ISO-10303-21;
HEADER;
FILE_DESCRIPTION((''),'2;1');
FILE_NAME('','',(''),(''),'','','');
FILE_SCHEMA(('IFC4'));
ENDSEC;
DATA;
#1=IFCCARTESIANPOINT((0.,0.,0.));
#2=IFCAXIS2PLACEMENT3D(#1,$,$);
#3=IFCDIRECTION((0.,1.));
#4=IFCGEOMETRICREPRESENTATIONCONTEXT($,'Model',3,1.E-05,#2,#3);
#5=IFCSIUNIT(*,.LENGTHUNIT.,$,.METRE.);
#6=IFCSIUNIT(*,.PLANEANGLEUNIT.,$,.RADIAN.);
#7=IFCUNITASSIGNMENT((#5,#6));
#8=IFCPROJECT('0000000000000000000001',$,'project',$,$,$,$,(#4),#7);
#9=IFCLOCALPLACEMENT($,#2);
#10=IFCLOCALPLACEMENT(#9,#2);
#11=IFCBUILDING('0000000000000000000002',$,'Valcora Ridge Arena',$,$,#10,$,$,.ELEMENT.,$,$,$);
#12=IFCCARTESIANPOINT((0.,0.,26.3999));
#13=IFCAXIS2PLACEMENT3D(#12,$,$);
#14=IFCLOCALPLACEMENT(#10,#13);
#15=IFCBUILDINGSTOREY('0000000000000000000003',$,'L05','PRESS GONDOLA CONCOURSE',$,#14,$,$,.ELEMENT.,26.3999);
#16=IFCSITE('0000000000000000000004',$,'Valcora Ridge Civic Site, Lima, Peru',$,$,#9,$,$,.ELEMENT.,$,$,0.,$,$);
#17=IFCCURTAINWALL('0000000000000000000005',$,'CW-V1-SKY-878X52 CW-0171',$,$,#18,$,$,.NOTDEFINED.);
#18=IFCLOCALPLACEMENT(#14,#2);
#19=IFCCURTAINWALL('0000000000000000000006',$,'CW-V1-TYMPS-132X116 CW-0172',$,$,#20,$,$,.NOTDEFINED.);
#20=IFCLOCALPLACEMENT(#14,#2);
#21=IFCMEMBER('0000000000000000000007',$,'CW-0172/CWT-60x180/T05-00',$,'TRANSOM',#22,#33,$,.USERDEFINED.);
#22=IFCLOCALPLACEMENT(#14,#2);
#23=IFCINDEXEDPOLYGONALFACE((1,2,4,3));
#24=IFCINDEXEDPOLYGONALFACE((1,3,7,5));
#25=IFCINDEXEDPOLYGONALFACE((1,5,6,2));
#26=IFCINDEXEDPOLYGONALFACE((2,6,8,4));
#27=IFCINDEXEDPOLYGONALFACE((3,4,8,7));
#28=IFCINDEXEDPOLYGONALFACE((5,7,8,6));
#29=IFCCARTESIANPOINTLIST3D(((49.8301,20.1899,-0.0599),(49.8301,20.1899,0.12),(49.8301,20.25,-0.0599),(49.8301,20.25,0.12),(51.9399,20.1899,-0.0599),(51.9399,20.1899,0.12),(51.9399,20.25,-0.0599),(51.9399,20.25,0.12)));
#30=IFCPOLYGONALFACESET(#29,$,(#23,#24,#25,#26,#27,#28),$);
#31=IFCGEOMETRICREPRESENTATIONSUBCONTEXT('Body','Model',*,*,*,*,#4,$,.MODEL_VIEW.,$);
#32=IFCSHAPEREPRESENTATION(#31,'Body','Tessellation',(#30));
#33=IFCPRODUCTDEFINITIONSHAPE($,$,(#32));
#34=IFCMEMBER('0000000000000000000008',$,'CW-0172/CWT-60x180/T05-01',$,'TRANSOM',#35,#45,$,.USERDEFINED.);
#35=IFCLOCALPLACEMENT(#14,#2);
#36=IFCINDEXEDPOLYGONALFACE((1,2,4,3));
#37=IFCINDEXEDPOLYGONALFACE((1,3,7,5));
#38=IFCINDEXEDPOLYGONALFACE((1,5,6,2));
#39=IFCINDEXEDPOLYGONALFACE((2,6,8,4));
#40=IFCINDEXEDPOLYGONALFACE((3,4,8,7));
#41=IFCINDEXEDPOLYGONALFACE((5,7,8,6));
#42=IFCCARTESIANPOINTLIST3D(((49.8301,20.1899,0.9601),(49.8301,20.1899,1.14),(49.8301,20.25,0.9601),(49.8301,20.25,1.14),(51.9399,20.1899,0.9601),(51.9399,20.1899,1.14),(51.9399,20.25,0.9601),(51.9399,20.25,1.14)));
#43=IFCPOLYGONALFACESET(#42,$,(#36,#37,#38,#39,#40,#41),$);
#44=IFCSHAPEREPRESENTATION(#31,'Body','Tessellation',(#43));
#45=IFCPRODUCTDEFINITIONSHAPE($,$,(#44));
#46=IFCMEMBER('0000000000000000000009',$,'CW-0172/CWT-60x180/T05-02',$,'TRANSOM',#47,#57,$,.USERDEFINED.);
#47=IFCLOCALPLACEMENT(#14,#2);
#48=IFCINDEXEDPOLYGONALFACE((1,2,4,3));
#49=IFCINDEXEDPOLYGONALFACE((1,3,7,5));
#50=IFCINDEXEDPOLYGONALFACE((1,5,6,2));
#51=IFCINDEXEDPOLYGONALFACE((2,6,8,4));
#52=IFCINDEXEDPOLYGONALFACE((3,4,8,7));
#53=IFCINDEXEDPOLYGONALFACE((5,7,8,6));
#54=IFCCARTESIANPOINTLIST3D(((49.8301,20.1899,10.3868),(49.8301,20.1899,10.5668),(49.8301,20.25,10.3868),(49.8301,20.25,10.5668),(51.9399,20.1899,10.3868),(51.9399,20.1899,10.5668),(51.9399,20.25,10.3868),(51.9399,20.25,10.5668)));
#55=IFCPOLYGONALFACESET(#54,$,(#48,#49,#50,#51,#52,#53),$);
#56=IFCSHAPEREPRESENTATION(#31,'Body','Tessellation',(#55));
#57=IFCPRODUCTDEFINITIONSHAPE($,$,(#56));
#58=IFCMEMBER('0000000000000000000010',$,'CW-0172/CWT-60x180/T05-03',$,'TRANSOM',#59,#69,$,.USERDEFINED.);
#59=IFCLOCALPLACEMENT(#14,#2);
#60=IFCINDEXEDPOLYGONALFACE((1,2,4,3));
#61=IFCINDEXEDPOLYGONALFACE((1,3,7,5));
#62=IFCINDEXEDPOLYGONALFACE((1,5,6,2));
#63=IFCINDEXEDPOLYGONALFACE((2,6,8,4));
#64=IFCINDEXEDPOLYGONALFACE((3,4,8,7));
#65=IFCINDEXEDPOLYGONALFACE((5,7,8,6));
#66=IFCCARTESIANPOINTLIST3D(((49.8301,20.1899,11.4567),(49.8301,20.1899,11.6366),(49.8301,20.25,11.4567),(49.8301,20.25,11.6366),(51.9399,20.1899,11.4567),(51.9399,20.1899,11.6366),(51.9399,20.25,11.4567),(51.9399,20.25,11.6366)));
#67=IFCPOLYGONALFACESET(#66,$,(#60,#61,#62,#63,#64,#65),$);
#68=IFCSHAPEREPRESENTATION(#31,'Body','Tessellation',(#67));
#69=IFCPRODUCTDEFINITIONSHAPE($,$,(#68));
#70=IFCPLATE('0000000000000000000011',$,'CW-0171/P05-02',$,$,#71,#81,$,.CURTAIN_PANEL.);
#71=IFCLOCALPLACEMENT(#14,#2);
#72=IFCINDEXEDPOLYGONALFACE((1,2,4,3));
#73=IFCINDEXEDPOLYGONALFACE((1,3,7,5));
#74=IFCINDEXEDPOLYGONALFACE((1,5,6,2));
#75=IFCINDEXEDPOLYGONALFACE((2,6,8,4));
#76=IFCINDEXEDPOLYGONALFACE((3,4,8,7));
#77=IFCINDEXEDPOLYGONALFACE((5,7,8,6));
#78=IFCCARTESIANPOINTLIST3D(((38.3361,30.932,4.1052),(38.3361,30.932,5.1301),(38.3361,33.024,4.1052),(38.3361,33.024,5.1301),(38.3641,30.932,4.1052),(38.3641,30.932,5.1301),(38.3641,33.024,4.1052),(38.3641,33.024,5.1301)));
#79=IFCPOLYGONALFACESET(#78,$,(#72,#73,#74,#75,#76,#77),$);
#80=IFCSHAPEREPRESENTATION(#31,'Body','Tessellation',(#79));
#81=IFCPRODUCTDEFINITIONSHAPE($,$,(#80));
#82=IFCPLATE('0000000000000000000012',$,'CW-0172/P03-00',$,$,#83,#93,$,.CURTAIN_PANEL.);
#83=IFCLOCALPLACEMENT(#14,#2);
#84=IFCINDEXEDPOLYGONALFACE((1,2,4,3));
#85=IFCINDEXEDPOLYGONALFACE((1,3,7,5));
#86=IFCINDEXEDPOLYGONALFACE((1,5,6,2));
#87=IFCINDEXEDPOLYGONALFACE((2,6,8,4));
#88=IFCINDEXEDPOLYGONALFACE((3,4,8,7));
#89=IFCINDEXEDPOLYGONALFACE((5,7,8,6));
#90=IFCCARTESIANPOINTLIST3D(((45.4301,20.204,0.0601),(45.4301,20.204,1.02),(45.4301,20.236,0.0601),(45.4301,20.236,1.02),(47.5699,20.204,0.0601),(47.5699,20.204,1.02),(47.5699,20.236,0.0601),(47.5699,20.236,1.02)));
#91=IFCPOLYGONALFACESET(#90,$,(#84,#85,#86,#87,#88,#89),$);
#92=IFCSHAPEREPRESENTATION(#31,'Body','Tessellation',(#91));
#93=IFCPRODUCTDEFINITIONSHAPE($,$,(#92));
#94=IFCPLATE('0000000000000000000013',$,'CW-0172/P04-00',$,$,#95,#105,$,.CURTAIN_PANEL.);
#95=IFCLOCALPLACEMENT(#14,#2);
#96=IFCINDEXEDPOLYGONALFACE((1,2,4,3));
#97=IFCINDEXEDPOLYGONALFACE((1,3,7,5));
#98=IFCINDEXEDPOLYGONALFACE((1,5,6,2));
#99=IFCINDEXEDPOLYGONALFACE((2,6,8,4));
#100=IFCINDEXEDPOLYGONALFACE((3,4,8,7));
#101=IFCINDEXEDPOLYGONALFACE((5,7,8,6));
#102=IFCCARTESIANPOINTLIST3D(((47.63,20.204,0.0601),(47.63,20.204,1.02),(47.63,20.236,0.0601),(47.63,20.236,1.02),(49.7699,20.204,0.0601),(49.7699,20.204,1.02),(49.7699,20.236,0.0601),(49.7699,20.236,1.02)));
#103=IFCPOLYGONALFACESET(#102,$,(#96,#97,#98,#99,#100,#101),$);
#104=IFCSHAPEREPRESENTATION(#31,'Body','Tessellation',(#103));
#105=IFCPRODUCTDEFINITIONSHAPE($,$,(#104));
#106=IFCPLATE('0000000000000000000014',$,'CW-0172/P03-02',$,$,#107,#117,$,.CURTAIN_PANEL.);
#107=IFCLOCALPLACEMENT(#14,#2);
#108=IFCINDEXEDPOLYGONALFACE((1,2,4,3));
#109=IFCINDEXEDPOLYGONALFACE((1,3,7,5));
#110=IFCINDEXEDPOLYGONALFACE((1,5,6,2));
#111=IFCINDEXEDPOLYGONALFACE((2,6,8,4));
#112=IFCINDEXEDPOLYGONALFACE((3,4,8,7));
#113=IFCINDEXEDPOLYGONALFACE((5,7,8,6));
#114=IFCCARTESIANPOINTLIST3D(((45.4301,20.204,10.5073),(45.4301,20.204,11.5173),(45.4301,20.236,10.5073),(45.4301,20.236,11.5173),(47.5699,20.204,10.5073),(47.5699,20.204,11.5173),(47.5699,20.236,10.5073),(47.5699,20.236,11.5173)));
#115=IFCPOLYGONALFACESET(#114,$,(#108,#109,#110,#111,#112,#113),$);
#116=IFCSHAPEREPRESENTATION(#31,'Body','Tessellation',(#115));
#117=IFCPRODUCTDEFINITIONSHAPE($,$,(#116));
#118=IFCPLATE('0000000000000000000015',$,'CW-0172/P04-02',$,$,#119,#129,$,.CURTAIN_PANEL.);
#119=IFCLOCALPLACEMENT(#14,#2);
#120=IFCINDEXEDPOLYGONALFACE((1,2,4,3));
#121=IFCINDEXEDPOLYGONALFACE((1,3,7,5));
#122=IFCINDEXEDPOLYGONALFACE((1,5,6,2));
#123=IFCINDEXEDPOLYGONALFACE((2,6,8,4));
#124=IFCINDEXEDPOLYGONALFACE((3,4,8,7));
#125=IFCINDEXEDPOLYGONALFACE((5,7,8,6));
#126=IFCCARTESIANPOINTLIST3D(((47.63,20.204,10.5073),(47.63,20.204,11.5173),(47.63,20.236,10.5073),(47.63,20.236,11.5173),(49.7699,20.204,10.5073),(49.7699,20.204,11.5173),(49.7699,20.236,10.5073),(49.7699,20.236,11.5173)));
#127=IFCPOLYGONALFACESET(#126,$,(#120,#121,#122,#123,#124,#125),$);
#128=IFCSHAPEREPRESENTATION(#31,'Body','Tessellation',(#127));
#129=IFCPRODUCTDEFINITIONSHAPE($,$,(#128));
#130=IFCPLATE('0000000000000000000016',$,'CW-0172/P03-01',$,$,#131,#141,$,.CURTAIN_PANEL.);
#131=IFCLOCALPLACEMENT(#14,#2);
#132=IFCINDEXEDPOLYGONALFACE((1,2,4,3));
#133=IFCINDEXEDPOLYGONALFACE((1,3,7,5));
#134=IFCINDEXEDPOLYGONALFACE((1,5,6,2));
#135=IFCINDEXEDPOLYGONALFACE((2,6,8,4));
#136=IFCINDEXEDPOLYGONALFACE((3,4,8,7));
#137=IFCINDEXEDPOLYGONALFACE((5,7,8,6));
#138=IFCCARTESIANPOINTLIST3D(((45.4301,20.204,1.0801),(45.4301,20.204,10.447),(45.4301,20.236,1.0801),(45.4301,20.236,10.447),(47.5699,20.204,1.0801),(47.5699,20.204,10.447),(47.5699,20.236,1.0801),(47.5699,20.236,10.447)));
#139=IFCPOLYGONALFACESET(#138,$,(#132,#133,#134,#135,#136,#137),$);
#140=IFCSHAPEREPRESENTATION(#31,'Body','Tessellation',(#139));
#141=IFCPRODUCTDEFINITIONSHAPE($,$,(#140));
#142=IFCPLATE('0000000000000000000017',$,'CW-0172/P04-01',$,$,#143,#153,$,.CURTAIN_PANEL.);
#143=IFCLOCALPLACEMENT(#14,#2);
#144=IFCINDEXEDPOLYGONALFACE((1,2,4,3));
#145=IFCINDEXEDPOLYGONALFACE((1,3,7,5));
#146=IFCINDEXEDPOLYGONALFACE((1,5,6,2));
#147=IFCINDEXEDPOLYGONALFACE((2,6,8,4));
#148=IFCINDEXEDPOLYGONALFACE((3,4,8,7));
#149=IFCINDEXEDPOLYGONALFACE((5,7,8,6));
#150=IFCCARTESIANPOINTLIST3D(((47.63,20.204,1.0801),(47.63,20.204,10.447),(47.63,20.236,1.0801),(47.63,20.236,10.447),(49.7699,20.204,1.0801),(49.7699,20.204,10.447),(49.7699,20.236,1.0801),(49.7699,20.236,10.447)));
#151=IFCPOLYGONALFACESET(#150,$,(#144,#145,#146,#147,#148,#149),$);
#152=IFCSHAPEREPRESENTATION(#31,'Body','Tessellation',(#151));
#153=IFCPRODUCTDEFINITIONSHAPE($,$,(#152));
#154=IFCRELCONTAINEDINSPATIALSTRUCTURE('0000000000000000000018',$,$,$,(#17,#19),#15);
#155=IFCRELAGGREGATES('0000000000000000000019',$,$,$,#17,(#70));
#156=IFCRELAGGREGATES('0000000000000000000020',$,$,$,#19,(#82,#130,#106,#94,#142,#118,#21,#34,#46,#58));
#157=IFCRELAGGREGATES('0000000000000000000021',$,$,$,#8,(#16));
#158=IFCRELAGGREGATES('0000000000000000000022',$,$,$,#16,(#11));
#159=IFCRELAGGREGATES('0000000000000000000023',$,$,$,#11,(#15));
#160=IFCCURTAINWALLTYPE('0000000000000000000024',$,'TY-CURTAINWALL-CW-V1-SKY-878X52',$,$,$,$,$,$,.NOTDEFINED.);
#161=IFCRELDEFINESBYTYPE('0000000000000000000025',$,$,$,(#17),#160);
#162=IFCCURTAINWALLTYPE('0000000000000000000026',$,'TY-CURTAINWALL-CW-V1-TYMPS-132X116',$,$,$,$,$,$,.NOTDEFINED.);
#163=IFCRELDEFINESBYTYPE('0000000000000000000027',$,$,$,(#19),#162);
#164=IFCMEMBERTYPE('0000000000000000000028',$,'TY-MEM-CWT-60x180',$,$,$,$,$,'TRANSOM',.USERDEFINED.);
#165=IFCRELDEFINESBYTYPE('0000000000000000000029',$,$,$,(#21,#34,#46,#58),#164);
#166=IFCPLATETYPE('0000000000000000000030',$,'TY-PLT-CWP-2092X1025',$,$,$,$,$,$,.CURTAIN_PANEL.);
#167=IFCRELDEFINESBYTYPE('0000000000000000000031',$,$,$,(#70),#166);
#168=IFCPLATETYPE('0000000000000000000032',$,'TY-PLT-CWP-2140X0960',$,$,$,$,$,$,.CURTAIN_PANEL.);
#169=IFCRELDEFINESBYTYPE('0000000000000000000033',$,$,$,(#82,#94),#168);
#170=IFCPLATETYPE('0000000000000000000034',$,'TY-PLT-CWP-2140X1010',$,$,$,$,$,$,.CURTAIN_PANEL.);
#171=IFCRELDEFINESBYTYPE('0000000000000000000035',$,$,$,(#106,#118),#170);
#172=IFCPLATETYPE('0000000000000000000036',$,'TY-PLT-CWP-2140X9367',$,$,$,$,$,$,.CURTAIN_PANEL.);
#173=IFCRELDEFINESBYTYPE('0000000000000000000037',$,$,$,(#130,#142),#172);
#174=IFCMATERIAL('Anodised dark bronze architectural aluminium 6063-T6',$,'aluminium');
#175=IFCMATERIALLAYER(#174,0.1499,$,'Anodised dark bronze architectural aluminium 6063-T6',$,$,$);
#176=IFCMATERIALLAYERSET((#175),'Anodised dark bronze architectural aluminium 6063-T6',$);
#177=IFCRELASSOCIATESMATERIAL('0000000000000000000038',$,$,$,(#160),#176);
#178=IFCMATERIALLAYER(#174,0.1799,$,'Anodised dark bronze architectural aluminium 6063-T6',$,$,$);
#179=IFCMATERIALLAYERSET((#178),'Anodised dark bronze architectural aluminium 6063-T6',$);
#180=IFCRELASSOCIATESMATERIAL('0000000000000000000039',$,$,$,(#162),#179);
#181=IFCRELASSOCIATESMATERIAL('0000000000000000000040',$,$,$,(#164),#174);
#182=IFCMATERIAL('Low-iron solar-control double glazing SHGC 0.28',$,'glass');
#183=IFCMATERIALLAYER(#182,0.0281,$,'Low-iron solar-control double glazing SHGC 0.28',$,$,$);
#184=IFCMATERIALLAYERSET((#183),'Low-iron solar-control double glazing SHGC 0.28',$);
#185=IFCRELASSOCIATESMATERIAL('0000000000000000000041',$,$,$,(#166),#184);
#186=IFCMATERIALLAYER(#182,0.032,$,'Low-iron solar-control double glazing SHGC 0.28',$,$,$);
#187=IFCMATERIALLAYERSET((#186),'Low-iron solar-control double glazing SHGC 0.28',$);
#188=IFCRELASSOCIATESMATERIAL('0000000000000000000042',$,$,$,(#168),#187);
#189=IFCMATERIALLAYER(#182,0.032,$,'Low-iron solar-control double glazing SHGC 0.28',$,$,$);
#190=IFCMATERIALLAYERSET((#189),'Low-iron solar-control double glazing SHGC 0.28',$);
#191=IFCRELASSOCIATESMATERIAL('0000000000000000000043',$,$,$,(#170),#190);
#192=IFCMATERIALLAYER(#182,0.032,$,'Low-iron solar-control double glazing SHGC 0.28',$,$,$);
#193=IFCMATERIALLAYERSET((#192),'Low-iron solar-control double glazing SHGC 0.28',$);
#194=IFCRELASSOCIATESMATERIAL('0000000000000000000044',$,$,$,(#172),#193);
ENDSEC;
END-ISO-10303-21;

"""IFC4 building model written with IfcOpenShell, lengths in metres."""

from ifc_helpers import new_model, si_unit, direction, frame, origin, origin_2d, place, context, subcontext, project, spatial, rectangle, extrude, material, layer, layer_set, material_profile, profile_set, type_object, element, aggregate, save


model = new_model("IFC4")

# Units and contexts
model_context = context("Model", 3, precision=1e-05, world=origin(), true_north=direction((0.0, 1.0)))
body_context = subcontext(model_context, "Body", "Model", "MODEL_VIEW")
ifc_project = project(units=[si_unit("LENGTHUNIT", "METRE"), si_unit("PLANEANGLEUNIT", "RADIAN")], contexts=[model_context])

# Site, building, storey
site_placement = place(None, origin())
site = spatial("IfcSite", under=ifc_project, at=site_placement, Name="Valcora Ridge Civic Site, Lima, Peru", CompositionType="ELEMENT", RefElevation=0.0)
building_placement = place(site_placement, origin())
building = spatial("IfcBuilding", under=site, at=building_placement, Name="Valcora Ridge Arena", CompositionType="ELEMENT")
storey_placement = place(building_placement, frame((0.0, 0.0, 26.3999)))
storey = spatial("IfcBuildingStorey", under=building, at=storey_placement, Name="L05", Description="PRESS GONDOLA CONCOURSE", CompositionType="ELEMENT", Elevation=26.3999)

# Curtain wall
ifc_material_1 = material(Name="Anodised dark bronze architectural aluminium 6063-T6", Category="aluminium")
ifc_layer_1 = layer(ifc_material_1, 0.1499, Name="Anodised dark bronze architectural aluminium 6063-T6")
ifc_layer_set_1 = layer_set([ifc_layer_1], Name="Anodised dark bronze architectural aluminium 6063-T6")
curtain_wall_type_1 = type_object("IfcCurtainWallType", Name="TY-CURTAINWALL-CW-V1-SKY-878X52", PredefinedType="NOTDEFINED", material=ifc_layer_set_1)
curtain_wall_1_placement = place(storey_placement, origin())
curtain_wall_1 = element("IfcCurtainWall", 1, at=curtain_wall_1_placement, inside=storey, type_object=curtain_wall_type_1, Name="CW-V1-SKY-878X52 CW-0171", PredefinedType="NOTDEFINED")

# Curtain wall
ifc_layer_2 = layer(ifc_material_1, 0.1799, Name="Anodised dark bronze architectural aluminium 6063-T6")
ifc_layer_set_2 = layer_set([ifc_layer_2], Name="Anodised dark bronze architectural aluminium 6063-T6")
curtain_wall_type_2 = type_object("IfcCurtainWallType", Name="TY-CURTAINWALL-CW-V1-TYMPS-132X116", PredefinedType="NOTDEFINED", material=ifc_layer_set_2)
curtain_wall_2_placement = place(storey_placement, origin())
curtain_wall_2 = element("IfcCurtainWall", 2, at=curtain_wall_2_placement, inside=storey, type_object=curtain_wall_type_2, Name="CW-V1-TYMPS-132X116 CW-0172", PredefinedType="NOTDEFINED")

# Members
ifc_material_profile_1 = material_profile(ifc_material_1, rectangle(XDim=0.0601, YDim=0.1799, at=origin_2d()), Name="ALU TRANSOM 60x180")
ifc_profile_set_1 = profile_set([ifc_material_profile_1], Name="Anodised dark bronze architectural aluminium 6063-T6")
member_type_1 = type_object("IfcMemberType", Name="TY-MEM-CWT-60x180", ElementType="TRANSOM", PredefinedType="USERDEFINED", material=ifc_profile_set_1)
member_1_placement = place(storey_placement, frame((49.8301, 20.22, 0.03), z_axis=(1.0, 0.0, 0.0), x_axis=(0.0, 1.0, 0.0)))
member_1 = element("IfcMember", 3, at=member_1_placement, type_object=member_type_1, Name="CW-0172/CWT-60x180/T05-00", ObjectType="TRANSOM", PredefinedType="USERDEFINED", context=body_context, shape_type="SweptSolid", body=[
    extrude(rectangle(XDim=0.0601, YDim=0.1799, at=origin_2d()), origin(), (0.0, 0.0, 1.0), 2.1099),
])
member_2_placement = place(storey_placement, frame((49.8301, 20.22, 1.05), z_axis=(1.0, 0.0, 0.0), x_axis=(0.0, 1.0, 0.0)))
member_2 = element("IfcMember", 4, at=member_2_placement, type_object=member_type_1, Name="CW-0172/CWT-60x180/T05-01", ObjectType="TRANSOM", PredefinedType="USERDEFINED", context=body_context, shape_type="SweptSolid", body=[
    extrude(rectangle(XDim=0.0601, YDim=0.1799, at=origin_2d()), origin(), (0.0, 0.0, 1.0), 2.1099),
])
member_3_placement = place(storey_placement, frame((49.8301, 20.22, 10.4768), z_axis=(1.0, 0.0, 0.0), x_axis=(0.0, 1.0, 0.0)))
member_3 = element("IfcMember", 5, at=member_3_placement, type_object=member_type_1, Name="CW-0172/CWT-60x180/T05-02", ObjectType="TRANSOM", PredefinedType="USERDEFINED", context=body_context, shape_type="SweptSolid", body=[
    extrude(rectangle(XDim=0.0601, YDim=0.1799, at=origin_2d()), origin(), (0.0, 0.0, 1.0), 2.1099),
])
member_4_placement = place(storey_placement, frame((49.8301, 20.22, 11.5466), z_axis=(1.0, 0.0, 0.0), x_axis=(0.0, 1.0, 0.0)))
member_4 = element("IfcMember", 6, at=member_4_placement, type_object=member_type_1, Name="CW-0172/CWT-60x180/T05-03", ObjectType="TRANSOM", PredefinedType="USERDEFINED", context=body_context, shape_type="SweptSolid", body=[
    extrude(rectangle(XDim=0.0601, YDim=0.1799, at=origin_2d()), origin(), (0.0, 0.0, 1.0), 2.1099),
])

# Plates
ifc_material_2 = material(Name="Low-iron solar-control double glazing SHGC 0.28", Category="glass")
ifc_layer_3 = layer(ifc_material_2, 0.0281, Name="Low-iron solar-control double glazing SHGC 0.28")
ifc_layer_set_3 = layer_set([ifc_layer_3], Name="Low-iron solar-control double glazing SHGC 0.28")
plate_type_1 = type_object("IfcPlateType", Name="TY-PLT-CWP-2092X1025", PredefinedType="CURTAIN_PANEL", material=ifc_layer_set_3)
plate_1_placement = place(storey_placement, frame((38.3501, 31.978, 4.1052), z_axis=(0.0, 0.0, 1.0), x_axis=(0.0, 1.0, 0.0)))
plate_1 = element("IfcPlate", 7, at=plate_1_placement, type_object=plate_type_1, Name="CW-0171/P05-02", PredefinedType="CURTAIN_PANEL", context=body_context, shape_type="SweptSolid", body=[
    extrude(rectangle(XDim=2.092, YDim=0.0281, at=origin_2d()), origin(), (0.0, 0.0, 1.0), 1.0249),
])
aggregate(curtain_wall_1, [plate_1])
ifc_layer_4 = layer(ifc_material_2, 0.032, Name="Low-iron solar-control double glazing SHGC 0.28")
ifc_layer_set_4 = layer_set([ifc_layer_4], Name="Low-iron solar-control double glazing SHGC 0.28")
plate_type_2 = type_object("IfcPlateType", Name="TY-PLT-CWP-2140X0960", PredefinedType="CURTAIN_PANEL", material=ifc_layer_set_4)
plate_2_placement = place(storey_placement, frame((46.5, 20.22, 0.0601), z_axis=(0.0, 0.0, 1.0), x_axis=(1.0, 0.0, 0.0)))
plate_2 = element("IfcPlate", 8, at=plate_2_placement, type_object=plate_type_2, Name="CW-0172/P03-00", PredefinedType="CURTAIN_PANEL", context=body_context, shape_type="SweptSolid", body=[
    extrude(rectangle(XDim=2.1399, YDim=0.032, at=origin_2d()), origin(), (0.0, 0.0, 1.0), 0.96),
])
plate_3_placement = place(storey_placement, frame((48.7, 20.22, 0.0601), z_axis=(0.0, 0.0, 1.0), x_axis=(1.0, 0.0, 0.0)))
plate_3 = element("IfcPlate", 9, at=plate_3_placement, type_object=plate_type_2, Name="CW-0172/P04-00", PredefinedType="CURTAIN_PANEL", context=body_context, shape_type="SweptSolid", body=[
    extrude(rectangle(XDim=2.1399, YDim=0.032, at=origin_2d()), origin(), (0.0, 0.0, 1.0), 0.96),
])
ifc_layer_5 = layer(ifc_material_2, 0.032, Name="Low-iron solar-control double glazing SHGC 0.28")
ifc_layer_set_5 = layer_set([ifc_layer_5], Name="Low-iron solar-control double glazing SHGC 0.28")
plate_type_3 = type_object("IfcPlateType", Name="TY-PLT-CWP-2140X1010", PredefinedType="CURTAIN_PANEL", material=ifc_layer_set_5)
plate_4_placement = place(storey_placement, frame((46.5, 20.22, 10.5073), z_axis=(0.0, 0.0, 1.0), x_axis=(1.0, 0.0, 0.0)))
plate_4 = element("IfcPlate", 10, at=plate_4_placement, type_object=plate_type_3, Name="CW-0172/P03-02", PredefinedType="CURTAIN_PANEL", context=body_context, shape_type="SweptSolid", body=[
    extrude(rectangle(XDim=2.1399, YDim=0.032, at=origin_2d()), origin(), (0.0, 0.0, 1.0), 1.01),
])
plate_5_placement = place(storey_placement, frame((48.7, 20.22, 10.5073), z_axis=(0.0, 0.0, 1.0), x_axis=(1.0, 0.0, 0.0)))
plate_5 = element("IfcPlate", 11, at=plate_5_placement, type_object=plate_type_3, Name="CW-0172/P04-02", PredefinedType="CURTAIN_PANEL", context=body_context, shape_type="SweptSolid", body=[
    extrude(rectangle(XDim=2.1399, YDim=0.032, at=origin_2d()), origin(), (0.0, 0.0, 1.0), 1.01),
])
ifc_layer_6 = layer(ifc_material_2, 0.032, Name="Low-iron solar-control double glazing SHGC 0.28")
ifc_layer_set_6 = layer_set([ifc_layer_6], Name="Low-iron solar-control double glazing SHGC 0.28")
plate_type_4 = type_object("IfcPlateType", Name="TY-PLT-CWP-2140X9367", PredefinedType="CURTAIN_PANEL", material=ifc_layer_set_6)
plate_6_placement = place(storey_placement, frame((46.5, 20.22, 1.0801), z_axis=(0.0, 0.0, 1.0), x_axis=(1.0, 0.0, 0.0)))
plate_6 = element("IfcPlate", 12, at=plate_6_placement, type_object=plate_type_4, Name="CW-0172/P03-01", PredefinedType="CURTAIN_PANEL", context=body_context, shape_type="SweptSolid", body=[
    extrude(rectangle(XDim=2.1399, YDim=0.032, at=origin_2d()), origin(), (0.0, 0.0, 1.0), 9.3669),
])
plate_7_placement = place(storey_placement, frame((48.7, 20.22, 1.0801), z_axis=(0.0, 0.0, 1.0), x_axis=(1.0, 0.0, 0.0)))
plate_7 = element("IfcPlate", 13, at=plate_7_placement, type_object=plate_type_4, Name="CW-0172/P04-01", PredefinedType="CURTAIN_PANEL", context=body_context, shape_type="SweptSolid", body=[
    extrude(rectangle(XDim=2.1399, YDim=0.032, at=origin_2d()), origin(), (0.0, 0.0, 1.0), 9.3669),
])
aggregate(curtain_wall_2, [plate_2, plate_6, plate_4, plate_3, plate_7, plate_5, member_1, member_2, member_3, member_4])

save(model, "model.ifc")
